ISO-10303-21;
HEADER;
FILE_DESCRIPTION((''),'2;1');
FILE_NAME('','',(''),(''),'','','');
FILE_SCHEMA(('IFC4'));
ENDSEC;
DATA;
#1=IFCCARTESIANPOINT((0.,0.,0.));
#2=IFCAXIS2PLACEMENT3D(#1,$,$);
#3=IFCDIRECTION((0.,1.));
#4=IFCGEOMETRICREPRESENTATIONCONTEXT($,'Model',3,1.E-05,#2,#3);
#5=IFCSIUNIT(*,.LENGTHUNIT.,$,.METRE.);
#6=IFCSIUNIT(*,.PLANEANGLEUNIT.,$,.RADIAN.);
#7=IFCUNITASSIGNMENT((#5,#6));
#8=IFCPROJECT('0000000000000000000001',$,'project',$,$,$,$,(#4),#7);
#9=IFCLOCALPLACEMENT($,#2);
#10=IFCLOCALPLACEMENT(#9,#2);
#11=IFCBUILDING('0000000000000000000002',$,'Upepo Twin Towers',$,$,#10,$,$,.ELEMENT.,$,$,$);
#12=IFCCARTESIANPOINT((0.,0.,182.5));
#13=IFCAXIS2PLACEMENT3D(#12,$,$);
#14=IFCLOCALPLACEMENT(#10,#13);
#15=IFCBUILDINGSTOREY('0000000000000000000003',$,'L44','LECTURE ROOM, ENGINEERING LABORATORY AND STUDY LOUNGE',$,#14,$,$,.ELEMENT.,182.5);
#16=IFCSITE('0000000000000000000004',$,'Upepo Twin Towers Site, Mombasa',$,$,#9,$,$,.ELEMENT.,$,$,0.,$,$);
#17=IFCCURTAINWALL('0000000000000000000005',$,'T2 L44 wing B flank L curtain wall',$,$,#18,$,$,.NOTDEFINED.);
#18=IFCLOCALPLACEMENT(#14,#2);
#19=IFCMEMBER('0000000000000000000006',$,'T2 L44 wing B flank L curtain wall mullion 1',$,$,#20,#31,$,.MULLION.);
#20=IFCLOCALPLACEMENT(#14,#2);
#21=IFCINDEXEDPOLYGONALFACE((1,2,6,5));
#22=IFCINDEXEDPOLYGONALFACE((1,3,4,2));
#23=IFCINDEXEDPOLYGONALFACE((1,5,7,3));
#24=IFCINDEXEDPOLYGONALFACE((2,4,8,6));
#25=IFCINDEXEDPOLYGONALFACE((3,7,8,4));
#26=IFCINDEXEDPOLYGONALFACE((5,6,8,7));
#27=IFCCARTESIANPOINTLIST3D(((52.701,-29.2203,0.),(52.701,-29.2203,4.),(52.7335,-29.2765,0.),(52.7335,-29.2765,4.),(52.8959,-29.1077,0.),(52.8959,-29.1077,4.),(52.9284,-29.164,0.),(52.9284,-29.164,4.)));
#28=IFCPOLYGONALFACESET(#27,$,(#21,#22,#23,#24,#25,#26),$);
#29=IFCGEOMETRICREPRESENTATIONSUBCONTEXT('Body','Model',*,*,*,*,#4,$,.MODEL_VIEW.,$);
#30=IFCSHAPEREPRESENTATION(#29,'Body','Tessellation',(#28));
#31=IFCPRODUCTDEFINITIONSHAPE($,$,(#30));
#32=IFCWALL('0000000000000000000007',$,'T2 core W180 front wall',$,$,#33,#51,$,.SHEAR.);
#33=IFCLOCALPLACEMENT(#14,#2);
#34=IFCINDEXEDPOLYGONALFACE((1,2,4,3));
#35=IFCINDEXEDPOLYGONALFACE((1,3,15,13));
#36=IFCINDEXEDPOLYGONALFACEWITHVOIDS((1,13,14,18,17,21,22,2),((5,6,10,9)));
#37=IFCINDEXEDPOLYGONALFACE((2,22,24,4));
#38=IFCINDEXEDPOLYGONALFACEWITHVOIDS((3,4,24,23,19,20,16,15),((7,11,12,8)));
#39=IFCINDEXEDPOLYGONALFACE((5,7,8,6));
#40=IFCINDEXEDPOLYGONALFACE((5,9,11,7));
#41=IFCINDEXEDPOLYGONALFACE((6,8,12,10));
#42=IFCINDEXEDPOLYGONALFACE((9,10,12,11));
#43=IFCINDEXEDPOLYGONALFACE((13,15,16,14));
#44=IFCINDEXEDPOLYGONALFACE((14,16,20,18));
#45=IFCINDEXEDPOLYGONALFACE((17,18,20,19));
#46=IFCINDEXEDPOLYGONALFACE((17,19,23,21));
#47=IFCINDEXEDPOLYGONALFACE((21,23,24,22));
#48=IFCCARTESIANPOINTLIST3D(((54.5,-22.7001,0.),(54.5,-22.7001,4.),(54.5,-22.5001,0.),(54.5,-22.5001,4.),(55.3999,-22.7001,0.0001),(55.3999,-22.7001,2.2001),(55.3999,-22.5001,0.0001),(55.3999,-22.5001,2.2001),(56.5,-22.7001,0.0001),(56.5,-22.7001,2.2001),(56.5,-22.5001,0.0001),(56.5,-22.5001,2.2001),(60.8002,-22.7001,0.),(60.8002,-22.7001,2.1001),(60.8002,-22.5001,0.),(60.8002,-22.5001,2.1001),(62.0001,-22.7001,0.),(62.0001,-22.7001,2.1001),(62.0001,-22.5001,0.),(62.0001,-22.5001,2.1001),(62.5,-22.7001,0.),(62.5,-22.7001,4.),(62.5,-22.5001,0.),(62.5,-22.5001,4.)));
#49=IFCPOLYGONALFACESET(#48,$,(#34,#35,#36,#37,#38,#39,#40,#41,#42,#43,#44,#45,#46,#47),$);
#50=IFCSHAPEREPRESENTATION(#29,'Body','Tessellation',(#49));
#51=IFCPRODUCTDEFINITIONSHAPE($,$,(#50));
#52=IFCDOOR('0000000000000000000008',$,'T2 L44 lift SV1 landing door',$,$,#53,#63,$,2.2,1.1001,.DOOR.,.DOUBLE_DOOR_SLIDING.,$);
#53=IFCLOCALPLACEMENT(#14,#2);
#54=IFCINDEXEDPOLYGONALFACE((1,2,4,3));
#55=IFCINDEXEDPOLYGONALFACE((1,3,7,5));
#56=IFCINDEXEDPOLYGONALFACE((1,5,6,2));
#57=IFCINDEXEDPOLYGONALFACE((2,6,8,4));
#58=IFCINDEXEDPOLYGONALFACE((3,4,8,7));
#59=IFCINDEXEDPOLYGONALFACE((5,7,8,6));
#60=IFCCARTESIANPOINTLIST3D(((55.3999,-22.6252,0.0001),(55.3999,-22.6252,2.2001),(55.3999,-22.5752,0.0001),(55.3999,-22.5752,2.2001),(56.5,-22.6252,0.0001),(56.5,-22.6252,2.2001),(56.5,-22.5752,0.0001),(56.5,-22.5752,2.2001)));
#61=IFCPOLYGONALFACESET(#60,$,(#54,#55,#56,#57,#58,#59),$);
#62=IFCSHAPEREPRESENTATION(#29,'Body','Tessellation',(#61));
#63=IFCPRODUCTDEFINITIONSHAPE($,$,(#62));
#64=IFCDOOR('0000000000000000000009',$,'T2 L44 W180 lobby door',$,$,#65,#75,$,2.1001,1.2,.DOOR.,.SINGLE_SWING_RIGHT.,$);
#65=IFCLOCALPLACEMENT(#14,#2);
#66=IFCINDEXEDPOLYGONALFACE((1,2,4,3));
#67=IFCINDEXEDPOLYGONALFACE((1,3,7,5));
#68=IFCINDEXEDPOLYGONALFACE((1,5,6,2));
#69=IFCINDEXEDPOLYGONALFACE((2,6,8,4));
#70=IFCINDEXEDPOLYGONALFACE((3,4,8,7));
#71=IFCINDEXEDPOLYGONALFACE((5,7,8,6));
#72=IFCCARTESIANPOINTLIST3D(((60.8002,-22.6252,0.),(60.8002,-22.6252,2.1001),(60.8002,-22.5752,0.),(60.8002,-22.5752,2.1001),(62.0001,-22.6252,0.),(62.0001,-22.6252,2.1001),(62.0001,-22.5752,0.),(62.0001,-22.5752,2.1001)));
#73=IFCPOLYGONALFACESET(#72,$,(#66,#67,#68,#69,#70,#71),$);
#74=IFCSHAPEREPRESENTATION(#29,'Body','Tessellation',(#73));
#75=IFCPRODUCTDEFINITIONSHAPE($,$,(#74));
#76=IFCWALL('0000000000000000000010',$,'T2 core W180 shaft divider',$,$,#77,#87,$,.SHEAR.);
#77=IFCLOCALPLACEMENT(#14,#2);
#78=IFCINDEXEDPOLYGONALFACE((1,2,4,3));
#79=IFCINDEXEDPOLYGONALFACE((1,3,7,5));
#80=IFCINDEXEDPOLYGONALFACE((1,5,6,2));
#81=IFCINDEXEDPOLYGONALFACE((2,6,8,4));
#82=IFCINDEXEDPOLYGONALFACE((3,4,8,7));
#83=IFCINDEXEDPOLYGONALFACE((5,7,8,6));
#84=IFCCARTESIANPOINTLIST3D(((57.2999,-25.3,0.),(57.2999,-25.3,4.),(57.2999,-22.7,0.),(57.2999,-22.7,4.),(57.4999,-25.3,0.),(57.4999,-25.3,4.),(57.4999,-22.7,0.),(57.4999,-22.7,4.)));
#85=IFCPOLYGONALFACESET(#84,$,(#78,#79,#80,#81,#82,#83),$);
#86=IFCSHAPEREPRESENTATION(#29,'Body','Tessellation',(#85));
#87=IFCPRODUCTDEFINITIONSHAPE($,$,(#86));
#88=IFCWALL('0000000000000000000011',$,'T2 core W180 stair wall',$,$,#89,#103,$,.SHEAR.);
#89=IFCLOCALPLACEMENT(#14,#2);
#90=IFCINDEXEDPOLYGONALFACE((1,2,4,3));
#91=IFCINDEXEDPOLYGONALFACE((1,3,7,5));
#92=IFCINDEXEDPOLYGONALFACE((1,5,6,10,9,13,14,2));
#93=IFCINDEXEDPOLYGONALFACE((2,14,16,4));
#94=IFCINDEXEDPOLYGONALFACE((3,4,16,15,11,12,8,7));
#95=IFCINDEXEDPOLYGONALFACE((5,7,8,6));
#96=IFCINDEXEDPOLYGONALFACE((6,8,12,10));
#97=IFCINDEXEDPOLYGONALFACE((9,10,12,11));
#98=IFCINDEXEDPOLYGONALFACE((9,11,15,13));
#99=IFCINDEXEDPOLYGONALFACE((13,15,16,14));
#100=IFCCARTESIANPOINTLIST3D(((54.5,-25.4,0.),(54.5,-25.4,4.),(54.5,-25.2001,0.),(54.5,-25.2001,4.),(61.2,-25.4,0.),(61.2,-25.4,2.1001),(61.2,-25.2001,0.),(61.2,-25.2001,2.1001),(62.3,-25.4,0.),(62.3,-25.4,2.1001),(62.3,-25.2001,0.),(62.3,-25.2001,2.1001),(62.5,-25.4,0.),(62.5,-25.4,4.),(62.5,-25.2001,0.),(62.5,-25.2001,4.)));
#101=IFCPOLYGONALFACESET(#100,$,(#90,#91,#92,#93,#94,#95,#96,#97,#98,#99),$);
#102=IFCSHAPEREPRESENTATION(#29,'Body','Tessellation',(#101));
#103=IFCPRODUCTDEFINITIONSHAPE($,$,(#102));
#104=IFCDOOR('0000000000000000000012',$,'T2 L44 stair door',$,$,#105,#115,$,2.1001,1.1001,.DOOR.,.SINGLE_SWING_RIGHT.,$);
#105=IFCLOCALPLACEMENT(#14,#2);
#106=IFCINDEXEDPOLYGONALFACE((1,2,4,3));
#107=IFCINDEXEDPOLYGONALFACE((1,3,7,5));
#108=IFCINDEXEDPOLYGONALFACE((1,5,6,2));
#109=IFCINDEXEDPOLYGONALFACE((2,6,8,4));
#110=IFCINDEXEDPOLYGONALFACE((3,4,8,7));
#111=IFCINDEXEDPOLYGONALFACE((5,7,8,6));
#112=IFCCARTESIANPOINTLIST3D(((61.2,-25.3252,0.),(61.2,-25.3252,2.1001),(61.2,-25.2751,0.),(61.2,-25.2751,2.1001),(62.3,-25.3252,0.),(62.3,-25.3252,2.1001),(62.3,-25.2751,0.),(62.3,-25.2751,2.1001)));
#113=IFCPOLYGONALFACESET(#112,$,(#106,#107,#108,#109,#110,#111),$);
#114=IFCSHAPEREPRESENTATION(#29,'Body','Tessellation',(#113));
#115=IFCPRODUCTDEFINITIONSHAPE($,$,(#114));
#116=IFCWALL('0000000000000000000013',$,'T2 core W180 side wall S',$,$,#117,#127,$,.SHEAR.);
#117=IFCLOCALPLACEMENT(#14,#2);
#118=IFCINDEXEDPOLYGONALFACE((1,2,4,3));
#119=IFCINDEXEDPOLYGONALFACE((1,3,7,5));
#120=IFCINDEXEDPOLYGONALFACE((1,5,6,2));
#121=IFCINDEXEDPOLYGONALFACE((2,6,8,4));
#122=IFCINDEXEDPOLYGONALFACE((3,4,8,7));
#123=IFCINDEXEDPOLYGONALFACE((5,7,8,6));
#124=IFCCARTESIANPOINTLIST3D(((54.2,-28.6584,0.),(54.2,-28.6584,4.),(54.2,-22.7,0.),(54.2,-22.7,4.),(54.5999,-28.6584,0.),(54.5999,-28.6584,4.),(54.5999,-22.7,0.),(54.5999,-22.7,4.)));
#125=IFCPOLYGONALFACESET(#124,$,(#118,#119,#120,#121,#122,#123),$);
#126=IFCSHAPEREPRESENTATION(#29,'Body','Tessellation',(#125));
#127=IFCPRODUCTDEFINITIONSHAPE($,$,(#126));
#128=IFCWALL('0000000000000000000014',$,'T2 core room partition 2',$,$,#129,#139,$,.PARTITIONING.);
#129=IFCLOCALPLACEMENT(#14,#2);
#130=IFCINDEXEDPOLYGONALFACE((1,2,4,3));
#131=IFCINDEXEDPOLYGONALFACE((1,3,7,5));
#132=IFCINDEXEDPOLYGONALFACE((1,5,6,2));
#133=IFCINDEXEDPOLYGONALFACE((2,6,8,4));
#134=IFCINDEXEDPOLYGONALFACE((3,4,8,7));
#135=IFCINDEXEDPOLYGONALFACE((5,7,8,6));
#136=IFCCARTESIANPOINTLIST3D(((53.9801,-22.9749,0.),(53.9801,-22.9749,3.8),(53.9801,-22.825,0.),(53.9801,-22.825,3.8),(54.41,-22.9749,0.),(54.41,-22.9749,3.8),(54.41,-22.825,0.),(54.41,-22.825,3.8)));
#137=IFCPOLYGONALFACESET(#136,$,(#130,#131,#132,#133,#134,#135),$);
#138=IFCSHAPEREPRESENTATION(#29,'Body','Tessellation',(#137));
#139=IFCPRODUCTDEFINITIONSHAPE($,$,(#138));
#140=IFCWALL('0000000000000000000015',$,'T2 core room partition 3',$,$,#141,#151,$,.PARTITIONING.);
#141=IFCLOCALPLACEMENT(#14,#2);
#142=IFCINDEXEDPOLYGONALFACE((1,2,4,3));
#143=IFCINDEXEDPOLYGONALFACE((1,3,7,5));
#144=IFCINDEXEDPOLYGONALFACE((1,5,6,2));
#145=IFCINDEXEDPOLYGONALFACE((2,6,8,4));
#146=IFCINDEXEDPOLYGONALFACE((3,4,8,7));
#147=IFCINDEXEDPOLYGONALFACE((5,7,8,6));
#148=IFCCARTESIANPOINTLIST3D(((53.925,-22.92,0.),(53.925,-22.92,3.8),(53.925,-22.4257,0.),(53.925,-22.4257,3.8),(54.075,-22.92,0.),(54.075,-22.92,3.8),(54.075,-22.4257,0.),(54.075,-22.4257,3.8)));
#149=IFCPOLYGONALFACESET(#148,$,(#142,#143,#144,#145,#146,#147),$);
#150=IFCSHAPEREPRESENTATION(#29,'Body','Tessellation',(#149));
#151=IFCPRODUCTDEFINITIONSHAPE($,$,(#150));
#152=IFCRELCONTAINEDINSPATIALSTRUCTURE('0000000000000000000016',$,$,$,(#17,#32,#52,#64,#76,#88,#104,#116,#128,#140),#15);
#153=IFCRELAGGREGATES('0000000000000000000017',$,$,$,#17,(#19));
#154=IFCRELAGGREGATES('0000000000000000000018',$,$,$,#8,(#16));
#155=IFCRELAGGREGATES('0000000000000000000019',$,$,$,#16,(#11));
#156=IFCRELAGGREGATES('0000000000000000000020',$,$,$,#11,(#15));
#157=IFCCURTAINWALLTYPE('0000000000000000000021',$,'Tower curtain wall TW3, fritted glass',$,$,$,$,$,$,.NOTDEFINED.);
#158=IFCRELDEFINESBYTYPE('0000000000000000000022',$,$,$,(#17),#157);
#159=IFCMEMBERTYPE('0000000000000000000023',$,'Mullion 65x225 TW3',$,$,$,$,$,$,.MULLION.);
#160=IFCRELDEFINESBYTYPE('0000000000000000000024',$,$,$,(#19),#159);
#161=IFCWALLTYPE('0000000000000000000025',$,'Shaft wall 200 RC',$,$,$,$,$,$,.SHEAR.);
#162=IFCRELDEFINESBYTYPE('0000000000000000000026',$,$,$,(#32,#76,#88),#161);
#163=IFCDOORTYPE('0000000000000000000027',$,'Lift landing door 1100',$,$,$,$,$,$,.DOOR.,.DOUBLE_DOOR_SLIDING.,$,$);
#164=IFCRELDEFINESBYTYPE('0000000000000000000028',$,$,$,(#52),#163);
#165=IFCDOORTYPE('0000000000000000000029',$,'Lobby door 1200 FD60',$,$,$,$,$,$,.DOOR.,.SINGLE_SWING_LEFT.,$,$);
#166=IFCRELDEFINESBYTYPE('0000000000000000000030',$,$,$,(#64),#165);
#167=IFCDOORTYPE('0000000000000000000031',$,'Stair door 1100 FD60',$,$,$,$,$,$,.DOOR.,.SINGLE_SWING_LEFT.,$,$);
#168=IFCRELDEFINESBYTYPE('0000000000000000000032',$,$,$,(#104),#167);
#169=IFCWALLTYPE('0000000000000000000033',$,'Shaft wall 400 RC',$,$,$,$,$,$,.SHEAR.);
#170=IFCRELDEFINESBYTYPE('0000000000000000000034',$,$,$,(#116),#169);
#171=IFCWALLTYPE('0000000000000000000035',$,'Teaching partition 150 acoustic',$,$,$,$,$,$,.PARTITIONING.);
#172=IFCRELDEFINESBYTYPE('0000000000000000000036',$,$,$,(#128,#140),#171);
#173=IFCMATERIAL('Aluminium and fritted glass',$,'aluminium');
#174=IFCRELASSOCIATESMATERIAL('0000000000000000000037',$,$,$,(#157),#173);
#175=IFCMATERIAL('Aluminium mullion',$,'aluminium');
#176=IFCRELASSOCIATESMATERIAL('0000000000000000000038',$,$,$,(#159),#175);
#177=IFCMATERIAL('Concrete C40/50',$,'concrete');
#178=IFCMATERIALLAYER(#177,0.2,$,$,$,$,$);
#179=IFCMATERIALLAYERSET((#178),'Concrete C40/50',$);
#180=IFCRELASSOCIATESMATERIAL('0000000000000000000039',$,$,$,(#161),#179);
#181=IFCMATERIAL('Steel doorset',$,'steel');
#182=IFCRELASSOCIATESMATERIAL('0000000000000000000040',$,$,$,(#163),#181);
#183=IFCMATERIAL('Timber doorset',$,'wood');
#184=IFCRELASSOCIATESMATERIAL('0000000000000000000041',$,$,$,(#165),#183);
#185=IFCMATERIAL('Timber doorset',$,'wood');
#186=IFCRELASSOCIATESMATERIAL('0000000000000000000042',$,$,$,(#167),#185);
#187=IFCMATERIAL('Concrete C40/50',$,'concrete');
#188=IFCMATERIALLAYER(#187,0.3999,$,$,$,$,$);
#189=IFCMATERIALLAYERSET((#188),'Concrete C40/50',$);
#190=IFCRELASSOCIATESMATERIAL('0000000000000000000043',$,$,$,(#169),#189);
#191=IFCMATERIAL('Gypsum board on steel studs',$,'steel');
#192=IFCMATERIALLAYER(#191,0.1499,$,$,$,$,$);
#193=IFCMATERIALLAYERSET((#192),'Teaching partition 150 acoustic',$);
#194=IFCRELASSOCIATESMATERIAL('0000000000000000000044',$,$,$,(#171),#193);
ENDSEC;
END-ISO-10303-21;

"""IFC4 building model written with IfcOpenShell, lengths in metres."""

from ifc_helpers import new_model, si_unit, direction, frame, frame_2d, origin, origin_2d, place, context, subcontext, project, spatial, rectangle, extrude, material, layer, layer_set, material_profile, profile_set, type_object, element, fill, aggregate, save


model = new_model("IFC4")

# Units and contexts
model_context = context("Model", 3, precision=1e-05, world=origin(), true_north=direction((0.0, 1.0)))
body_context = subcontext(model_context, "Body", "Model", "MODEL_VIEW")
ifc_project = project(units=[si_unit("LENGTHUNIT", "METRE"), si_unit("PLANEANGLEUNIT", "RADIAN")], contexts=[model_context])

# Site, building, storey
site_placement = place(None, origin())
site = spatial("IfcSite", under=ifc_project, at=site_placement, Name="Upepo Twin Towers Site, Mombasa", CompositionType="ELEMENT", RefElevation=0.0)
building_placement = place(site_placement, origin())
building = spatial("IfcBuilding", under=site, at=building_placement, Name="Upepo Twin Towers", CompositionType="ELEMENT")
storey_placement = place(building_placement, frame((0.0, 0.0, 182.5)))
storey = spatial("IfcBuildingStorey", under=building, at=storey_placement, Name="L44", Description="LECTURE ROOM, ENGINEERING LABORATORY AND STUDY LOUNGE", CompositionType="ELEMENT", Elevation=182.5)

# Curtain wall, member
ifc_material_1 = material(Name="Aluminium and fritted glass", Category="aluminium")
curtain_wall_type = type_object("IfcCurtainWallType", Name="Tower curtain wall TW3, fritted glass", PredefinedType="NOTDEFINED", material=ifc_material_1)
curtain_wall_placement = place(storey_placement, origin())
curtain_wall = element("IfcCurtainWall", 1, at=curtain_wall_placement, inside=storey, type_object=curtain_wall_type, Name="T2 L44 wing B flank L curtain wall", PredefinedType="NOTDEFINED")
ifc_material_2 = material(Name="Aluminium mullion", Category="aluminium")
ifc_material_profile = material_profile(ifc_material_2, rectangle(XDim=0.0649, YDim=0.2251, at=origin_2d()), Name="MULLION 65x225")
ifc_profile_set = profile_set([ifc_material_profile], Name="Aluminium mullion")
member_type = type_object("IfcMemberType", Name="Mullion 65x225 TW3", PredefinedType="MULLION", material=ifc_profile_set)
member_placement = place(storey_placement, frame((52.8147, -29.1921, 0.0), z_axis=(0.0, 0.0, 1.0), x_axis=(0.5, -0.866025, 0.0)))
member = element("IfcMember", 2, at=member_placement, type_object=member_type, Name="T2 L44 wing B flank L curtain wall mullion 1", PredefinedType="MULLION", context=body_context, shape_type="SweptSolid", body=[
    extrude(rectangle(XDim=0.0649, YDim=0.2251, at=origin_2d()), origin(), (0.0, 0.0, 1.0), 4.0),
])
aggregate(curtain_wall, [member])

# Wall, openings, doors
ifc_material_3 = material(Name="Concrete C40/50", Category="concrete")
ifc_layer_1 = layer(ifc_material_3, 0.2)
ifc_layer_set_1 = layer_set([ifc_layer_1], Name="Concrete C40/50")
wall_type_1 = type_object("IfcWallType", Name="Shaft wall 200 RC", PredefinedType="SHEAR", material=ifc_layer_set_1)
wall_1_placement = place(storey_placement, frame((54.5, -22.6001, 0.0), z_axis=(0.0, 0.0, 1.0), x_axis=(1.0, 0.0, 0.0)))
wall_1 = element("IfcWall", 3, at=wall_1_placement, inside=storey, type_object=wall_type_1, Name="T2 core W180 front wall", PredefinedType="SHEAR", context=body_context, shape_type="SweptSolid", body=[
    extrude(rectangle(XDim=8.0, YDim=0.2, at=frame_2d((4.0, 0.0))), origin(), (0.0, 0.0, 1.0), 4.0),
])
opening_1_placement = place(wall_1_placement, frame((6.3, 0.0, 0.0)))
opening_1 = element("IfcOpeningElement", 4, at=opening_1_placement, cuts=wall_1, PredefinedType="OPENING", context=body_context, shape_type="SweptSolid", body=[
    extrude(rectangle(XDim=1.2, YDim=2.1001, at=frame_2d((0.6001, 1.05))), frame((0.0, 0.1099, 0.0), z_axis=(0.0, -1.0, 0.0), x_axis=(1.0, 0.0, 0.0)), (0.0, 0.0, 1.0), 0.22),
])
opening_2_placement = place(wall_1_placement, frame((0.8999, 0.0, 0.0)))
opening_2 = element("IfcOpeningElement", 5, at=opening_2_placement, cuts=wall_1, PredefinedType="OPENING", context=body_context, shape_type="SweptSolid", body=[
    extrude(rectangle(XDim=1.1001, YDim=2.2, at=frame_2d((0.55, 1.1001))), frame((0.0, 0.1099, 0.0), z_axis=(0.0, -1.0, 0.0), x_axis=(1.0, 0.0, 0.0)), (0.0, 0.0, 1.0), 0.22),
])
ifc_material_4 = material(Name="Steel doorset", Category="steel")
door_type_1 = type_object("IfcDoorType", Name="Lift landing door 1100", OperationType="DOUBLE_DOOR_SLIDING", PredefinedType="DOOR", material=ifc_material_4)
door_1_placement = place(opening_2_placement, origin())
door_1 = element("IfcDoor", 6, at=door_1_placement, inside=storey, type_object=door_type_1, Name="T2 L44 lift SV1 landing door", OperationType="DOUBLE_DOOR_SLIDING", OverallHeight=2.2, OverallWidth=1.1001, PredefinedType="DOOR", context=body_context, shape_type="SweptSolid", body=[
    extrude(rectangle(XDim=1.1001, YDim=2.2, at=frame_2d((0.55, 1.1001))), frame((0.0, 0.0249, 0.0), z_axis=(0.0, -1.0, 0.0), x_axis=(1.0, 0.0, 0.0)), (0.0, 0.0, 1.0), 0.05),
])
fill(opening_2, door_1)
ifc_material_5 = material(Name="Timber doorset", Category="wood")
door_type_2 = type_object("IfcDoorType", Name="Lobby door 1200 FD60", OperationType="SINGLE_SWING_LEFT", PredefinedType="DOOR", material=ifc_material_5)
door_2_placement = place(opening_1_placement, origin())
door_2 = element("IfcDoor", 7, at=door_2_placement, inside=storey, type_object=door_type_2, Name="T2 L44 W180 lobby door", OperationType="SINGLE_SWING_RIGHT", OverallHeight=2.1001, OverallWidth=1.2, PredefinedType="DOOR", context=body_context, shape_type="SweptSolid", body=[
    extrude(rectangle(XDim=1.2, YDim=2.1001, at=frame_2d((0.6001, 1.05))), frame((0.0, 0.0249, 0.0), z_axis=(0.0, -1.0, 0.0), x_axis=(1.0, 0.0, 0.0)), (0.0, 0.0, 1.0), 0.05),
])
fill(opening_1, door_2)

# Wall
wall_2_placement = place(storey_placement, frame((57.3999, -22.7, 0.0), z_axis=(0.0, 0.0, 1.0), x_axis=(0.0, -1.0, 0.0)))
element("IfcWall", 8, at=wall_2_placement, inside=storey, type_object=wall_type_1, Name="T2 core W180 shaft divider", PredefinedType="SHEAR", context=body_context, shape_type="SweptSolid", body=[
    extrude(rectangle(XDim=2.6001, YDim=0.2, at=frame_2d((1.3, 0.0))), origin(), (0.0, 0.0, 1.0), 4.0),
])

# Wall, opening, door
wall_3_placement = place(storey_placement, frame((54.5, -25.3, 0.0), z_axis=(0.0, 0.0, 1.0), x_axis=(1.0, 0.0, 0.0)))
wall_3 = element("IfcWall", 9, at=wall_3_placement, inside=storey, type_object=wall_type_1, Name="T2 core W180 stair wall", PredefinedType="SHEAR", context=body_context, shape_type="SweptSolid", body=[
    extrude(rectangle(XDim=8.0, YDim=0.2, at=frame_2d((4.0, 0.0))), origin(), (0.0, 0.0, 1.0), 4.0),
])
opening_3_placement = place(wall_3_placement, frame((6.7, 0.0, 0.0)))
opening_3 = element("IfcOpeningElement", 10, at=opening_3_placement, cuts=wall_3, PredefinedType="OPENING", context=body_context, shape_type="SweptSolid", body=[
    extrude(rectangle(XDim=1.1001, YDim=2.1001, at=frame_2d((0.55, 1.05))), frame((0.0, 0.1099, 0.0), z_axis=(0.0, -1.0, 0.0), x_axis=(1.0, 0.0, 0.0)), (0.0, 0.0, 1.0), 0.22),
])
ifc_material_6 = material(Name="Timber doorset", Category="wood")
door_type_3 = type_object("IfcDoorType", Name="Stair door 1100 FD60", OperationType="SINGLE_SWING_LEFT", PredefinedType="DOOR", material=ifc_material_6)
door_3_placement = place(opening_3_placement, origin())
door_3 = element("IfcDoor", 11, at=door_3_placement, inside=storey, type_object=door_type_3, Name="T2 L44 stair door", OperationType="SINGLE_SWING_RIGHT", OverallHeight=2.1001, OverallWidth=1.1001, PredefinedType="DOOR", context=body_context, shape_type="SweptSolid", body=[
    extrude(rectangle(XDim=1.1001, YDim=2.1001, at=frame_2d((0.55, 1.05))), frame((0.0, 0.0249, 0.0), z_axis=(0.0, -1.0, 0.0), x_axis=(1.0, 0.0, 0.0)), (0.0, 0.0, 1.0), 0.05),
])
fill(opening_3, door_3)

# Walls
ifc_material_7 = material(Name="Concrete C40/50", Category="concrete")
ifc_layer_2 = layer(ifc_material_7, 0.3999)
ifc_layer_set_2 = layer_set([ifc_layer_2], Name="Concrete C40/50")
wall_type_2 = type_object("IfcWallType", Name="Shaft wall 400 RC", PredefinedType="SHEAR", material=ifc_layer_set_2)
wall_4_placement = place(storey_placement, frame((54.3999, -22.7, 0.0), z_axis=(0.0, 0.0, 1.0), x_axis=(0.0, -1.0, 0.0)))
element("IfcWall", 12, at=wall_4_placement, inside=storey, type_object=wall_type_2, Name="T2 core W180 side wall S", PredefinedType="SHEAR", context=body_context, shape_type="SweptSolid", body=[
    extrude(rectangle(XDim=5.9585, YDim=0.3999, at=frame_2d((2.9792, 0.0))), origin(), (0.0, 0.0, 1.0), 4.0),
])
ifc_material_8 = material(Name="Gypsum board on steel studs", Category="steel")
ifc_layer_3 = layer(ifc_material_8, 0.1499)
ifc_layer_set_3 = layer_set([ifc_layer_3], Name="Teaching partition 150 acoustic")
wall_type_3 = type_object("IfcWallType", Name="Teaching partition 150 acoustic", PredefinedType="PARTITIONING", material=ifc_layer_set_3)
wall_5_placement = place(storey_placement, frame((54.4099, -22.8999, 0.0), z_axis=(0.0, 0.0, 1.0), x_axis=(-1.0, 0.0, 0.0)))
element("IfcWall", 13, at=wall_5_placement, inside=storey, type_object=wall_type_3, Name="T2 core room partition 2", PredefinedType="PARTITIONING", context=body_context, shape_type="SweptSolid", body=[
    extrude(rectangle(XDim=0.4299, YDim=0.1499, at=frame_2d((0.2148, 0.0))), origin(), (0.0, 0.0, 1.0), 3.8),
])
wall_6_placement = place(storey_placement, frame((54.0, -22.9199, 0.0), z_axis=(0.0, 0.0, 1.0), x_axis=(0.0, 1.0, 0.0)))
element("IfcWall", 14, at=wall_6_placement, inside=storey, type_object=wall_type_3, Name="T2 core room partition 3", PredefinedType="PARTITIONING", context=body_context, shape_type="SweptSolid", body=[
    extrude(rectangle(XDim=0.4944, YDim=0.1499, at=frame_2d((0.2471, 0.0))), origin(), (0.0, 0.0, 1.0), 3.8),
])

save(model, "model.ifc")
